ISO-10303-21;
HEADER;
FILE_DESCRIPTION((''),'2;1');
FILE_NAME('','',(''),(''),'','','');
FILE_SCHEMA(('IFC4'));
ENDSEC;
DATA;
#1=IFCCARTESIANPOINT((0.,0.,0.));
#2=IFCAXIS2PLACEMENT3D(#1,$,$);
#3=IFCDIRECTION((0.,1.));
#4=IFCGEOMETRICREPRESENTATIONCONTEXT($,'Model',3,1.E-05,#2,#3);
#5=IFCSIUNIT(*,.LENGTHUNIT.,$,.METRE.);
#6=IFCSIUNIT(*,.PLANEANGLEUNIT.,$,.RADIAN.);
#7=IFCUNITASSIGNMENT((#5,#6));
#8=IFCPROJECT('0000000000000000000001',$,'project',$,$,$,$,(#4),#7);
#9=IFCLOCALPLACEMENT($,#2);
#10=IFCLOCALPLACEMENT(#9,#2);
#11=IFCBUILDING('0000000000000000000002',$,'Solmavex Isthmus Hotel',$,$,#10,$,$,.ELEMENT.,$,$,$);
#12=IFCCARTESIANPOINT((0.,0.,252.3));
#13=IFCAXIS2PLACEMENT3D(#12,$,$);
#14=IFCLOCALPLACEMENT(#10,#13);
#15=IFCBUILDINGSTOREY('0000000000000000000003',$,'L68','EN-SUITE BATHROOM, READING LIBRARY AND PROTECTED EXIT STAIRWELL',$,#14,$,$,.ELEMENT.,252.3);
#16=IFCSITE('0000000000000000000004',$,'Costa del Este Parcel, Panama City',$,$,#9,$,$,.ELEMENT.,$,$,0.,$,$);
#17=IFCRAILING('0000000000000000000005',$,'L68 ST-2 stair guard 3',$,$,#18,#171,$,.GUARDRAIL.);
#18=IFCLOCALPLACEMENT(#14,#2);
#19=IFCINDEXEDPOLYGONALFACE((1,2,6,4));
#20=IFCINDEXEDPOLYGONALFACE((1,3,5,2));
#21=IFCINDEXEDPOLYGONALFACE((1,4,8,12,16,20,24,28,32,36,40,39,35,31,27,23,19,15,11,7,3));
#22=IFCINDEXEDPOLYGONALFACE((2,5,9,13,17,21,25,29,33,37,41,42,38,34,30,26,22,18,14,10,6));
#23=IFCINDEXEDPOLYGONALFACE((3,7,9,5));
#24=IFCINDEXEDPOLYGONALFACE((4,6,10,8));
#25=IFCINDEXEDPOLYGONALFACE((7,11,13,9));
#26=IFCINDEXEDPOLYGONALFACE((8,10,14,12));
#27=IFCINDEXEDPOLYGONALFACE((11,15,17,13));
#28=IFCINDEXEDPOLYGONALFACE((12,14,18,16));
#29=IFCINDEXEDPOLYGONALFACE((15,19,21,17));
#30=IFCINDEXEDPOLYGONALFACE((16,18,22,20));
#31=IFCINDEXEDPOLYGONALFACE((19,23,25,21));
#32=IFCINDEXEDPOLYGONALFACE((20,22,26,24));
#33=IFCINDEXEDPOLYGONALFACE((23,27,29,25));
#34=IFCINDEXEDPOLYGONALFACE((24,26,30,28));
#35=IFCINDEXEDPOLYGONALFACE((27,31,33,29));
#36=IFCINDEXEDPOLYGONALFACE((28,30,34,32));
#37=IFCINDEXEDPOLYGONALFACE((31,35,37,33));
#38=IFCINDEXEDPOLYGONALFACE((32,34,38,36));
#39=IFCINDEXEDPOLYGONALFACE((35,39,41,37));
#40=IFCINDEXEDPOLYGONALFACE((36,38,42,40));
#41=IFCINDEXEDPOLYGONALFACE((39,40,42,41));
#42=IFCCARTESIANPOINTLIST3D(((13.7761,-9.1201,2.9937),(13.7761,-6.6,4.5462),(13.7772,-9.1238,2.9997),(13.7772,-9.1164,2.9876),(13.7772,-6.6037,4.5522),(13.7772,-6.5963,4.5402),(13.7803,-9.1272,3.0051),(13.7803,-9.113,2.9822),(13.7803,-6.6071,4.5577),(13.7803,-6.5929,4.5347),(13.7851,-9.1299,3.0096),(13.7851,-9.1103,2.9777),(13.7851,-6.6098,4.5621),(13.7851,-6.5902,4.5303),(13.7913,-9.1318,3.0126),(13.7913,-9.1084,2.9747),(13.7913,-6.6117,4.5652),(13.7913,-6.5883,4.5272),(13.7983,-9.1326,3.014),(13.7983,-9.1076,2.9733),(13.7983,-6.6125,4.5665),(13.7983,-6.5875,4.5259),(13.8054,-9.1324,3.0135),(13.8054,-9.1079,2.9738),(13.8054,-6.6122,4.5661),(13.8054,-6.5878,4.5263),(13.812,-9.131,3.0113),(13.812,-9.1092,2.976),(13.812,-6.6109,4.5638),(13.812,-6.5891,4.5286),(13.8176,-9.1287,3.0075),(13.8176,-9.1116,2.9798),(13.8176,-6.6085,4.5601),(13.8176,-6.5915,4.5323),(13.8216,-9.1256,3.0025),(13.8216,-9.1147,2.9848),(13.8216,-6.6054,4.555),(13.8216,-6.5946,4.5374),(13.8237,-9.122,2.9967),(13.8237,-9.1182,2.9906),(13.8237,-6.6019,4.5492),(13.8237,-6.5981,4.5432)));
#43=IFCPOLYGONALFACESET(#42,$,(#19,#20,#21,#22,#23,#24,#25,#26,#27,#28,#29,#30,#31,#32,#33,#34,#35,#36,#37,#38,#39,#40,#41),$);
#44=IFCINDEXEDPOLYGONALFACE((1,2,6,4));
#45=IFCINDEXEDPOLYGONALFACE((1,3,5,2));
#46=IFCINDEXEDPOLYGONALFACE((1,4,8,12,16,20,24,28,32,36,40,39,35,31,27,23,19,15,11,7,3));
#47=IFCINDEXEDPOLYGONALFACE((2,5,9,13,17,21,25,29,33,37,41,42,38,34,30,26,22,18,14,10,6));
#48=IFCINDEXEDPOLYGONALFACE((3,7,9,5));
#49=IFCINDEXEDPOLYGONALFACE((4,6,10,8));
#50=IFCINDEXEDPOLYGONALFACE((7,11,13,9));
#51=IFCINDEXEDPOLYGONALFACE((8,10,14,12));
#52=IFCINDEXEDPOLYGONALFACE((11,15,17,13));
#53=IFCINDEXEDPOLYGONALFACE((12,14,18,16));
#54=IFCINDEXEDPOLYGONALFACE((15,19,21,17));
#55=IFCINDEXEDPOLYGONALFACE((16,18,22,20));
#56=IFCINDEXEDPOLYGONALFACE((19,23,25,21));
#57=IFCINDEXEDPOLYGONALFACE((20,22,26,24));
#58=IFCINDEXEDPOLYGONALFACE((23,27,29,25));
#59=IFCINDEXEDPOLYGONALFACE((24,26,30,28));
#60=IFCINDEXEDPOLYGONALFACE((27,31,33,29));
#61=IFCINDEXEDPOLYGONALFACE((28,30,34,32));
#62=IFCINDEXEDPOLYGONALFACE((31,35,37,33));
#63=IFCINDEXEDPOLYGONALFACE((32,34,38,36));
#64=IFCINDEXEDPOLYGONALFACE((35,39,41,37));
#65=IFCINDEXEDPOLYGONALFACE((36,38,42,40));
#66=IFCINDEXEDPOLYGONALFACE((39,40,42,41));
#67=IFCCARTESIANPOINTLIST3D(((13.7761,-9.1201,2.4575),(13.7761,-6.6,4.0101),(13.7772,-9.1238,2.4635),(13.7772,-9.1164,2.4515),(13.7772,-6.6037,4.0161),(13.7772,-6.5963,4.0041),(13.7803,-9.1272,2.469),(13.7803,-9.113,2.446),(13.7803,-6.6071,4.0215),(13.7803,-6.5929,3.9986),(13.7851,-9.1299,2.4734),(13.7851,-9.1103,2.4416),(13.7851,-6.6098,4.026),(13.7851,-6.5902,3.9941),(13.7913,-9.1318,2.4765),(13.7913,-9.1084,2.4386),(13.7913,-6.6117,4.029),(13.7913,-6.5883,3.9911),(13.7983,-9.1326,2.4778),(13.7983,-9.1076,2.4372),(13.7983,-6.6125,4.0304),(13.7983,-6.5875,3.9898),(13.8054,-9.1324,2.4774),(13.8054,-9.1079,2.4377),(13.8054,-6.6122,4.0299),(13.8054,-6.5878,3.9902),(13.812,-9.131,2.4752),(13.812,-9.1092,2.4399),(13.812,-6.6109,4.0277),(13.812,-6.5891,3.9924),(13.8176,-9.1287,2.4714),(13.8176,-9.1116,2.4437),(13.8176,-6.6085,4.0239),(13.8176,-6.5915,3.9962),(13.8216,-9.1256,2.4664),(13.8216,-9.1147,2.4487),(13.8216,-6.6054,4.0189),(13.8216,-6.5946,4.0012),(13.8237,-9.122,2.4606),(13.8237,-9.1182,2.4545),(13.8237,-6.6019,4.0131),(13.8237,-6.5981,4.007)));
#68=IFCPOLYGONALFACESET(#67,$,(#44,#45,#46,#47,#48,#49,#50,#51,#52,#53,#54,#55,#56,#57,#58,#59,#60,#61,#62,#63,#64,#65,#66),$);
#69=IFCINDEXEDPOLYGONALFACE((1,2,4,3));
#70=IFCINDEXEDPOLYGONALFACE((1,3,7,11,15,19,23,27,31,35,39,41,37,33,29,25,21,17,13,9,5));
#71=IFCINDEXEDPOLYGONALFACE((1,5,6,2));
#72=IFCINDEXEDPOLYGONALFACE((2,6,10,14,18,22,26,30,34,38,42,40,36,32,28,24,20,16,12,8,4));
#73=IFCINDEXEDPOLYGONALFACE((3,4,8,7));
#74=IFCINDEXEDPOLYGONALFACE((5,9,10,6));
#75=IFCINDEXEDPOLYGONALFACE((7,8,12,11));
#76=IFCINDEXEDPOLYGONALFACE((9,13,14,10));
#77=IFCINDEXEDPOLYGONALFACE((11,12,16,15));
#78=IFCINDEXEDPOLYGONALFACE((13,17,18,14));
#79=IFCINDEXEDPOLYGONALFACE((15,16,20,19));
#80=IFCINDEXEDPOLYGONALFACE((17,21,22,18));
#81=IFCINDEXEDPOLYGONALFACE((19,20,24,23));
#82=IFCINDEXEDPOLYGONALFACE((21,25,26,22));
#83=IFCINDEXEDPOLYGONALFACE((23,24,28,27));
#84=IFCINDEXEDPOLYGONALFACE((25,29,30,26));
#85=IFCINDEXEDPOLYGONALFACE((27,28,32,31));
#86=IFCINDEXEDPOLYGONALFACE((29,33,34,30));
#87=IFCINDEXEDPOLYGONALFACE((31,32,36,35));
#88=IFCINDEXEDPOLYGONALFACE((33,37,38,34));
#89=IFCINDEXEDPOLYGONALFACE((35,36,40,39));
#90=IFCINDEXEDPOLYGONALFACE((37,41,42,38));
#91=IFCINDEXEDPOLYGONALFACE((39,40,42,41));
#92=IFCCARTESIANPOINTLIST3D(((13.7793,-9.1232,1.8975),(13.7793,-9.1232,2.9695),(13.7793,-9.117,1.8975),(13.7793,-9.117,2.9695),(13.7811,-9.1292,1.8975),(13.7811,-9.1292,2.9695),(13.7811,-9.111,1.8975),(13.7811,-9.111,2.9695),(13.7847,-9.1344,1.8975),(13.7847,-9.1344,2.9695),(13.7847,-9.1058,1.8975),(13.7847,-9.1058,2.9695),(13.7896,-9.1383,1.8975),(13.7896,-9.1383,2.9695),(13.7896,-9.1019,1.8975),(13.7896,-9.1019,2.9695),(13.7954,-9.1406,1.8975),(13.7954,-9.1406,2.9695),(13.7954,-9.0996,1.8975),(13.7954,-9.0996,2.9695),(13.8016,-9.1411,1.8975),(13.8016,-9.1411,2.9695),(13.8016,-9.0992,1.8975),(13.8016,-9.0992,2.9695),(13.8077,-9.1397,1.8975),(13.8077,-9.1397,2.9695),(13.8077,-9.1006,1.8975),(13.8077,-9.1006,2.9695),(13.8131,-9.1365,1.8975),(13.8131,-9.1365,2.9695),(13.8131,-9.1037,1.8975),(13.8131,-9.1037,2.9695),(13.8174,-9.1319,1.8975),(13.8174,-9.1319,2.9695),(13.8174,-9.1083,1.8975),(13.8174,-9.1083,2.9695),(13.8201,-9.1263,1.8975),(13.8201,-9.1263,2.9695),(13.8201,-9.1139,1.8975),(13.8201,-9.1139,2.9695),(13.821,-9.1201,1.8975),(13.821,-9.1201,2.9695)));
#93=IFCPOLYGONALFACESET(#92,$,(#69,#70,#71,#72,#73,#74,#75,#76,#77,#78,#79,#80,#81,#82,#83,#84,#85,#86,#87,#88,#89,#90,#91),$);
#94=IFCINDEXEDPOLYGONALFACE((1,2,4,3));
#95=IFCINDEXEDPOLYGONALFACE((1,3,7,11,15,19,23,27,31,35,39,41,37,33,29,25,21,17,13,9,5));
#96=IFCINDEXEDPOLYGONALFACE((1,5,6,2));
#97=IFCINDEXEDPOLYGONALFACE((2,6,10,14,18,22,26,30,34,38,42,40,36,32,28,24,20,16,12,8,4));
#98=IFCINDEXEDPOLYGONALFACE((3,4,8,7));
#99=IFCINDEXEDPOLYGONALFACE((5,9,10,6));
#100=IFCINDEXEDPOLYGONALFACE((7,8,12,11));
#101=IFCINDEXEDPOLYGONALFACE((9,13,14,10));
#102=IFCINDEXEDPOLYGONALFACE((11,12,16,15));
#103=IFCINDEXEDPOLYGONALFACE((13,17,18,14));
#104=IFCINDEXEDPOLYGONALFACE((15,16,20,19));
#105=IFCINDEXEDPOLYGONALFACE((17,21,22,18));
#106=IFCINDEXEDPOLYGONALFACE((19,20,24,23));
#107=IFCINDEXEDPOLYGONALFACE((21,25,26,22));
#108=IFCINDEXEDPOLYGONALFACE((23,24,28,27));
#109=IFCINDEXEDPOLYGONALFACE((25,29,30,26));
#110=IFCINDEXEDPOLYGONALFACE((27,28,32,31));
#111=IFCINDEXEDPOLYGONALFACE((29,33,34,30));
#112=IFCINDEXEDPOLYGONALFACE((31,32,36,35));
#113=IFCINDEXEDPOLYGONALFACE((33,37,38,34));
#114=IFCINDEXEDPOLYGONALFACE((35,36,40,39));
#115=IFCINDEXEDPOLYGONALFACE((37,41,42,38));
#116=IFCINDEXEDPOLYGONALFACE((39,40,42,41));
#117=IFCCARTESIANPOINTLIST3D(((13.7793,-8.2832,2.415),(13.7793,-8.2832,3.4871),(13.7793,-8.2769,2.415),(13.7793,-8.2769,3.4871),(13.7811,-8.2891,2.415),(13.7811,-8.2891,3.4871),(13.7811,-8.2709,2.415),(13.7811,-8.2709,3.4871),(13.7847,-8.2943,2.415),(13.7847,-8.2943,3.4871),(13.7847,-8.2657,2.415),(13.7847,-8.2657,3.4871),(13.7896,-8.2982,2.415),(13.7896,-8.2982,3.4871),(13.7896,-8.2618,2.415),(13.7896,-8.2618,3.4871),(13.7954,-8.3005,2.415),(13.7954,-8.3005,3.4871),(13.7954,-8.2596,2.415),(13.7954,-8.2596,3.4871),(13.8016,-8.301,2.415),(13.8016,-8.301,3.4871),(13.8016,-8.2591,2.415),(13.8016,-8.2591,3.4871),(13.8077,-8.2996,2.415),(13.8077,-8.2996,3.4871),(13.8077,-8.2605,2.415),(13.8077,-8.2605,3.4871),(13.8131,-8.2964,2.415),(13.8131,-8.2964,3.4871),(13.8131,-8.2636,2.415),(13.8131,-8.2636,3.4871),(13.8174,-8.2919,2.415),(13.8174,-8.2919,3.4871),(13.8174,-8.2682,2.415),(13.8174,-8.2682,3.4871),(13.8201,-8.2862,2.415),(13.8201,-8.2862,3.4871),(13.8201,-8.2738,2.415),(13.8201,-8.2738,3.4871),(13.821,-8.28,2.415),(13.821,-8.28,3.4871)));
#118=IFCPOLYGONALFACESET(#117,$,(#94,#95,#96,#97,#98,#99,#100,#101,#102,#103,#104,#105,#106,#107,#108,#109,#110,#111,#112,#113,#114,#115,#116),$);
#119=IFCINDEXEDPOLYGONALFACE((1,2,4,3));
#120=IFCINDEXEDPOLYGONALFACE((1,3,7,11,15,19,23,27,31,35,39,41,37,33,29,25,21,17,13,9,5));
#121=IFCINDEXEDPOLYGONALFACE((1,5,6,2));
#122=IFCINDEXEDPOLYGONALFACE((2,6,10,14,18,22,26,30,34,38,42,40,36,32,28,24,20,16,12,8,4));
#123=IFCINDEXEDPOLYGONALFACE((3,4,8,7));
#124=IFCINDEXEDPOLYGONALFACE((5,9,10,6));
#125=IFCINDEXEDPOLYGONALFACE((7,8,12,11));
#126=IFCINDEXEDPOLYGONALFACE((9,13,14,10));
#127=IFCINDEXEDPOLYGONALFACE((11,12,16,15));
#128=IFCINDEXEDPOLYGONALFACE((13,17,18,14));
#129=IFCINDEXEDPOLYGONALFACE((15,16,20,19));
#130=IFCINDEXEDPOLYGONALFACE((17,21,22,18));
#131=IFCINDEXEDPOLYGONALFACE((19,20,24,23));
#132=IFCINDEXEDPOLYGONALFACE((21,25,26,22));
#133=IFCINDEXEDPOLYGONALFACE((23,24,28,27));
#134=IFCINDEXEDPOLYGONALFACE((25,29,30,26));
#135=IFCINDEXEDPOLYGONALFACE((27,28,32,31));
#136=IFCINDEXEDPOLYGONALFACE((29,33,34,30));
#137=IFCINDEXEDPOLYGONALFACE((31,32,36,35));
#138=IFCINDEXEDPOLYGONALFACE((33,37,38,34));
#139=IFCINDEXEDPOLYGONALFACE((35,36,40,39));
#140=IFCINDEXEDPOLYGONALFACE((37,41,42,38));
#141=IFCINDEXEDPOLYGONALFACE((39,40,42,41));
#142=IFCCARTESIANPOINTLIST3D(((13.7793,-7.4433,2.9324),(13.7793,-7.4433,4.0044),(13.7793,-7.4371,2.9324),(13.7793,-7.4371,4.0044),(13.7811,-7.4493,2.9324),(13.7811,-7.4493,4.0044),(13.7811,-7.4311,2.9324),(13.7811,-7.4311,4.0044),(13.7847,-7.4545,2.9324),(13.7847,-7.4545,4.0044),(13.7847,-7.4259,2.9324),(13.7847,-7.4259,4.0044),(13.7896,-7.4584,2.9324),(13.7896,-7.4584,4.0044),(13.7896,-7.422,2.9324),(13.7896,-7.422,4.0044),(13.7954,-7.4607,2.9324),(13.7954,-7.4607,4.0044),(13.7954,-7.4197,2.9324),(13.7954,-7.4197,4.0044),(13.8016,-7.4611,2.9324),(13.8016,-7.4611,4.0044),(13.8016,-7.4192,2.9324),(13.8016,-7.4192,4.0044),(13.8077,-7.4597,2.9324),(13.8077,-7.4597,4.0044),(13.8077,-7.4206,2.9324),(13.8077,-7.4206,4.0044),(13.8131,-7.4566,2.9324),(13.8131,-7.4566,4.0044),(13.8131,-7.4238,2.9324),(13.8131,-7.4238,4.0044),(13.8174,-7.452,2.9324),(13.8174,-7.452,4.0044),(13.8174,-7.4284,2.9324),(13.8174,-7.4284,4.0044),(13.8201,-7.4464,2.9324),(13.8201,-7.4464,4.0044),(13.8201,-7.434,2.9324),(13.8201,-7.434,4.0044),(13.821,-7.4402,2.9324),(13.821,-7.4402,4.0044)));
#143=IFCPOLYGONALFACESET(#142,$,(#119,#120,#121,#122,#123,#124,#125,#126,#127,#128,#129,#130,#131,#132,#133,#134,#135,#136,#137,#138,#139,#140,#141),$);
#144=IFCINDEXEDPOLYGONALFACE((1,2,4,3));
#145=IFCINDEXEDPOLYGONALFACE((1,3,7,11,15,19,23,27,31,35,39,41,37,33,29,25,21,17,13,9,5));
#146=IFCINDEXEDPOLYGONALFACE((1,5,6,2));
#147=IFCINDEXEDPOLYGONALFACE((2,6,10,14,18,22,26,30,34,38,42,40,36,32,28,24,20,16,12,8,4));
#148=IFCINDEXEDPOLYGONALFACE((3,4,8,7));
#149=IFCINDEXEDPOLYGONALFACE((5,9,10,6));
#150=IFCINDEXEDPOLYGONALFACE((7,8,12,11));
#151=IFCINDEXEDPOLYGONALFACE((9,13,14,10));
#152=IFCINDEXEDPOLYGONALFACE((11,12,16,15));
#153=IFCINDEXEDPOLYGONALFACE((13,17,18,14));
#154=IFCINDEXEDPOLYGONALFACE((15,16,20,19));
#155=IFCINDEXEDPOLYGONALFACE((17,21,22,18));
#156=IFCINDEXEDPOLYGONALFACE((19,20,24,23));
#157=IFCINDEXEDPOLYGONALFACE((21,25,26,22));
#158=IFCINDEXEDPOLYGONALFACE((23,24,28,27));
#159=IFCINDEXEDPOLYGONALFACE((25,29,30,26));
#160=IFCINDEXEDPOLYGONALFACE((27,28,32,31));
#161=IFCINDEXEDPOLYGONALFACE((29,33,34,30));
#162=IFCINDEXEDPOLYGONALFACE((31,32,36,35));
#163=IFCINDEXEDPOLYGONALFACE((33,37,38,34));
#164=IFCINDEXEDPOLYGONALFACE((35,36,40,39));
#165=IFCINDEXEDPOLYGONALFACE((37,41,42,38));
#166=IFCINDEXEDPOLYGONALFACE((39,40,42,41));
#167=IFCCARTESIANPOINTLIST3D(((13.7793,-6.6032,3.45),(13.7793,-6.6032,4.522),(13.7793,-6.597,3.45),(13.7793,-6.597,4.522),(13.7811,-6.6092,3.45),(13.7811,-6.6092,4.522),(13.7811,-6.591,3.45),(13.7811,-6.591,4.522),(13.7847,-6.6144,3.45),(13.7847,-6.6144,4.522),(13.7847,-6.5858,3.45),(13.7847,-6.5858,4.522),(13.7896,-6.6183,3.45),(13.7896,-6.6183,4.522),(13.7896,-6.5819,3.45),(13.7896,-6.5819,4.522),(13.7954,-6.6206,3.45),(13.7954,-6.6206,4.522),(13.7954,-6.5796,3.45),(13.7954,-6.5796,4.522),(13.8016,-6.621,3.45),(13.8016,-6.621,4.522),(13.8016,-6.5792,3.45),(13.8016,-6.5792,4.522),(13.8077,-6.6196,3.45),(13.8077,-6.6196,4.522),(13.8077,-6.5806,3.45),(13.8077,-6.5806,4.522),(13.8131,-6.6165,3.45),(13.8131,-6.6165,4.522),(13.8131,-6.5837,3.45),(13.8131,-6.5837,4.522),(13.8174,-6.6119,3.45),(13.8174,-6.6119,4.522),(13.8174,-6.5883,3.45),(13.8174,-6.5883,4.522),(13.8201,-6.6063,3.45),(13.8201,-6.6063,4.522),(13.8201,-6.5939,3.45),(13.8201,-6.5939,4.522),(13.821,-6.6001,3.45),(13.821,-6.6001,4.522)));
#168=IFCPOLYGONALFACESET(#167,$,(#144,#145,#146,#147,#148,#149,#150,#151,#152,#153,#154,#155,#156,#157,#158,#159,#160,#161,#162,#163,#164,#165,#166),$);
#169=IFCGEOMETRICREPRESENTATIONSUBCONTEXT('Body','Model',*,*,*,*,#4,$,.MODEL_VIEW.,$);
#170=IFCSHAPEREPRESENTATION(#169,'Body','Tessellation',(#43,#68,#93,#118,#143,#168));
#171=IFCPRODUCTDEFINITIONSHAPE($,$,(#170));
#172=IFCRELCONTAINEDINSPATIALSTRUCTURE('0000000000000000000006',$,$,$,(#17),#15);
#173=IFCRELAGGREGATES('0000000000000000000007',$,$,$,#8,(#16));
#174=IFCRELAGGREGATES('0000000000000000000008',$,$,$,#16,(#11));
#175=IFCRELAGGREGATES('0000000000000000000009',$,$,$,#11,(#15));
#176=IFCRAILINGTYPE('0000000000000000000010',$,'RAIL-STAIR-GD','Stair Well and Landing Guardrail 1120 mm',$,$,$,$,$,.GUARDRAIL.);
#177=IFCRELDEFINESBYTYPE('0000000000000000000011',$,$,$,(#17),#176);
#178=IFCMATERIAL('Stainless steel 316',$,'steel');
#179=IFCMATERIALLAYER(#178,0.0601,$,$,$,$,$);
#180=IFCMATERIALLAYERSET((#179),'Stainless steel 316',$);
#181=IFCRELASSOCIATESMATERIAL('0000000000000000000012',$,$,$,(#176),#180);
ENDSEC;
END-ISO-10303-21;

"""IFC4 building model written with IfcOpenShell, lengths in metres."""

from ifc_helpers import new_model, si_unit, direction, frame, origin, origin_2d, place, context, subcontext, project, spatial, circle, extrude, material, layer, layer_set, type_object, element, save


model = new_model("IFC4")

# Units and contexts
model_context = context("Model", 3, precision=1e-05, world=origin(), true_north=direction((0.0, 1.0)))
body_context = subcontext(model_context, "Body", "Model", "MODEL_VIEW")
ifc_project = project(units=[si_unit("LENGTHUNIT", "METRE"), si_unit("PLANEANGLEUNIT", "RADIAN")], contexts=[model_context])

# Site, building, storey
site_placement = place(None, origin())
site = spatial("IfcSite", under=ifc_project, at=site_placement, Name="Costa del Este Parcel, Panama City", CompositionType="ELEMENT", RefElevation=0.0)
building_placement = place(site_placement, origin())
building = spatial("IfcBuilding", under=site, at=building_placement, Name="Solmavex Isthmus Hotel", CompositionType="ELEMENT")
storey_placement = place(building_placement, frame((0.0, 0.0, 252.3)))
storey = spatial("IfcBuildingStorey", under=building, at=storey_placement, Name="L68", Description="EN-SUITE BATHROOM, READING LIBRARY AND PROTECTED EXIT STAIRWELL", CompositionType="ELEMENT", Elevation=252.3)

# Railing
ifc_material_1 = material(Name="Stainless steel 316", Category="steel")
ifc_layer_1 = layer(ifc_material_1, 0.0601)
ifc_layer_set_1 = layer_set([ifc_layer_1], Name="Stainless steel 316")
railing_type_1 = type_object("IfcRailingType", Name="RAIL-STAIR-GD", Description="Stair Well and Landing Guardrail 1120 mm", PredefinedType="GUARDRAIL", material=ifc_layer_set_1)
railing_1_placement = place(storey_placement, frame((13.8, -9.1201, 1.8975)))
element("IfcRailing", 1, at=railing_1_placement, inside=storey, type_object=railing_type_1, Name="L68 ST-2 stair guard 3", PredefinedType="GUARDRAIL", context=body_context, shape_type="SweptSolid", body=[
    extrude(circle(Radius=0.0239, at=origin_2d()), frame((0.0, 0.0, 1.0962), z_axis=(0.0, 0.8514, 0.524516), x_axis=(-1.0, 0.0, 0.0)), (0.0, 0.0, 1.0), 2.96),
    extrude(circle(Radius=0.0239, at=origin_2d()), frame((0.0, 0.0, 0.5601), z_axis=(0.0, 0.8514, 0.524516), x_axis=(-1.0, 0.0, 0.0)), (0.0, 0.0, 1.0), 2.96),
    extrude(circle(Radius=0.021, at=origin_2d()), origin(), (0.0, 0.0, 1.0), 1.072),
    extrude(circle(Radius=0.021, at=origin_2d()), frame((0.0, 0.8401, 0.5176)), (0.0, 0.0, 1.0), 1.072),
    extrude(circle(Radius=0.021, at=origin_2d()), frame((0.0, 1.6799, 1.0349)), (0.0, 0.0, 1.0), 1.072),
    extrude(circle(Radius=0.021, at=origin_2d()), frame((0.0, 2.52, 1.5525)), (0.0, 0.0, 1.0), 1.072),
])

save(model, "model.ifc")
